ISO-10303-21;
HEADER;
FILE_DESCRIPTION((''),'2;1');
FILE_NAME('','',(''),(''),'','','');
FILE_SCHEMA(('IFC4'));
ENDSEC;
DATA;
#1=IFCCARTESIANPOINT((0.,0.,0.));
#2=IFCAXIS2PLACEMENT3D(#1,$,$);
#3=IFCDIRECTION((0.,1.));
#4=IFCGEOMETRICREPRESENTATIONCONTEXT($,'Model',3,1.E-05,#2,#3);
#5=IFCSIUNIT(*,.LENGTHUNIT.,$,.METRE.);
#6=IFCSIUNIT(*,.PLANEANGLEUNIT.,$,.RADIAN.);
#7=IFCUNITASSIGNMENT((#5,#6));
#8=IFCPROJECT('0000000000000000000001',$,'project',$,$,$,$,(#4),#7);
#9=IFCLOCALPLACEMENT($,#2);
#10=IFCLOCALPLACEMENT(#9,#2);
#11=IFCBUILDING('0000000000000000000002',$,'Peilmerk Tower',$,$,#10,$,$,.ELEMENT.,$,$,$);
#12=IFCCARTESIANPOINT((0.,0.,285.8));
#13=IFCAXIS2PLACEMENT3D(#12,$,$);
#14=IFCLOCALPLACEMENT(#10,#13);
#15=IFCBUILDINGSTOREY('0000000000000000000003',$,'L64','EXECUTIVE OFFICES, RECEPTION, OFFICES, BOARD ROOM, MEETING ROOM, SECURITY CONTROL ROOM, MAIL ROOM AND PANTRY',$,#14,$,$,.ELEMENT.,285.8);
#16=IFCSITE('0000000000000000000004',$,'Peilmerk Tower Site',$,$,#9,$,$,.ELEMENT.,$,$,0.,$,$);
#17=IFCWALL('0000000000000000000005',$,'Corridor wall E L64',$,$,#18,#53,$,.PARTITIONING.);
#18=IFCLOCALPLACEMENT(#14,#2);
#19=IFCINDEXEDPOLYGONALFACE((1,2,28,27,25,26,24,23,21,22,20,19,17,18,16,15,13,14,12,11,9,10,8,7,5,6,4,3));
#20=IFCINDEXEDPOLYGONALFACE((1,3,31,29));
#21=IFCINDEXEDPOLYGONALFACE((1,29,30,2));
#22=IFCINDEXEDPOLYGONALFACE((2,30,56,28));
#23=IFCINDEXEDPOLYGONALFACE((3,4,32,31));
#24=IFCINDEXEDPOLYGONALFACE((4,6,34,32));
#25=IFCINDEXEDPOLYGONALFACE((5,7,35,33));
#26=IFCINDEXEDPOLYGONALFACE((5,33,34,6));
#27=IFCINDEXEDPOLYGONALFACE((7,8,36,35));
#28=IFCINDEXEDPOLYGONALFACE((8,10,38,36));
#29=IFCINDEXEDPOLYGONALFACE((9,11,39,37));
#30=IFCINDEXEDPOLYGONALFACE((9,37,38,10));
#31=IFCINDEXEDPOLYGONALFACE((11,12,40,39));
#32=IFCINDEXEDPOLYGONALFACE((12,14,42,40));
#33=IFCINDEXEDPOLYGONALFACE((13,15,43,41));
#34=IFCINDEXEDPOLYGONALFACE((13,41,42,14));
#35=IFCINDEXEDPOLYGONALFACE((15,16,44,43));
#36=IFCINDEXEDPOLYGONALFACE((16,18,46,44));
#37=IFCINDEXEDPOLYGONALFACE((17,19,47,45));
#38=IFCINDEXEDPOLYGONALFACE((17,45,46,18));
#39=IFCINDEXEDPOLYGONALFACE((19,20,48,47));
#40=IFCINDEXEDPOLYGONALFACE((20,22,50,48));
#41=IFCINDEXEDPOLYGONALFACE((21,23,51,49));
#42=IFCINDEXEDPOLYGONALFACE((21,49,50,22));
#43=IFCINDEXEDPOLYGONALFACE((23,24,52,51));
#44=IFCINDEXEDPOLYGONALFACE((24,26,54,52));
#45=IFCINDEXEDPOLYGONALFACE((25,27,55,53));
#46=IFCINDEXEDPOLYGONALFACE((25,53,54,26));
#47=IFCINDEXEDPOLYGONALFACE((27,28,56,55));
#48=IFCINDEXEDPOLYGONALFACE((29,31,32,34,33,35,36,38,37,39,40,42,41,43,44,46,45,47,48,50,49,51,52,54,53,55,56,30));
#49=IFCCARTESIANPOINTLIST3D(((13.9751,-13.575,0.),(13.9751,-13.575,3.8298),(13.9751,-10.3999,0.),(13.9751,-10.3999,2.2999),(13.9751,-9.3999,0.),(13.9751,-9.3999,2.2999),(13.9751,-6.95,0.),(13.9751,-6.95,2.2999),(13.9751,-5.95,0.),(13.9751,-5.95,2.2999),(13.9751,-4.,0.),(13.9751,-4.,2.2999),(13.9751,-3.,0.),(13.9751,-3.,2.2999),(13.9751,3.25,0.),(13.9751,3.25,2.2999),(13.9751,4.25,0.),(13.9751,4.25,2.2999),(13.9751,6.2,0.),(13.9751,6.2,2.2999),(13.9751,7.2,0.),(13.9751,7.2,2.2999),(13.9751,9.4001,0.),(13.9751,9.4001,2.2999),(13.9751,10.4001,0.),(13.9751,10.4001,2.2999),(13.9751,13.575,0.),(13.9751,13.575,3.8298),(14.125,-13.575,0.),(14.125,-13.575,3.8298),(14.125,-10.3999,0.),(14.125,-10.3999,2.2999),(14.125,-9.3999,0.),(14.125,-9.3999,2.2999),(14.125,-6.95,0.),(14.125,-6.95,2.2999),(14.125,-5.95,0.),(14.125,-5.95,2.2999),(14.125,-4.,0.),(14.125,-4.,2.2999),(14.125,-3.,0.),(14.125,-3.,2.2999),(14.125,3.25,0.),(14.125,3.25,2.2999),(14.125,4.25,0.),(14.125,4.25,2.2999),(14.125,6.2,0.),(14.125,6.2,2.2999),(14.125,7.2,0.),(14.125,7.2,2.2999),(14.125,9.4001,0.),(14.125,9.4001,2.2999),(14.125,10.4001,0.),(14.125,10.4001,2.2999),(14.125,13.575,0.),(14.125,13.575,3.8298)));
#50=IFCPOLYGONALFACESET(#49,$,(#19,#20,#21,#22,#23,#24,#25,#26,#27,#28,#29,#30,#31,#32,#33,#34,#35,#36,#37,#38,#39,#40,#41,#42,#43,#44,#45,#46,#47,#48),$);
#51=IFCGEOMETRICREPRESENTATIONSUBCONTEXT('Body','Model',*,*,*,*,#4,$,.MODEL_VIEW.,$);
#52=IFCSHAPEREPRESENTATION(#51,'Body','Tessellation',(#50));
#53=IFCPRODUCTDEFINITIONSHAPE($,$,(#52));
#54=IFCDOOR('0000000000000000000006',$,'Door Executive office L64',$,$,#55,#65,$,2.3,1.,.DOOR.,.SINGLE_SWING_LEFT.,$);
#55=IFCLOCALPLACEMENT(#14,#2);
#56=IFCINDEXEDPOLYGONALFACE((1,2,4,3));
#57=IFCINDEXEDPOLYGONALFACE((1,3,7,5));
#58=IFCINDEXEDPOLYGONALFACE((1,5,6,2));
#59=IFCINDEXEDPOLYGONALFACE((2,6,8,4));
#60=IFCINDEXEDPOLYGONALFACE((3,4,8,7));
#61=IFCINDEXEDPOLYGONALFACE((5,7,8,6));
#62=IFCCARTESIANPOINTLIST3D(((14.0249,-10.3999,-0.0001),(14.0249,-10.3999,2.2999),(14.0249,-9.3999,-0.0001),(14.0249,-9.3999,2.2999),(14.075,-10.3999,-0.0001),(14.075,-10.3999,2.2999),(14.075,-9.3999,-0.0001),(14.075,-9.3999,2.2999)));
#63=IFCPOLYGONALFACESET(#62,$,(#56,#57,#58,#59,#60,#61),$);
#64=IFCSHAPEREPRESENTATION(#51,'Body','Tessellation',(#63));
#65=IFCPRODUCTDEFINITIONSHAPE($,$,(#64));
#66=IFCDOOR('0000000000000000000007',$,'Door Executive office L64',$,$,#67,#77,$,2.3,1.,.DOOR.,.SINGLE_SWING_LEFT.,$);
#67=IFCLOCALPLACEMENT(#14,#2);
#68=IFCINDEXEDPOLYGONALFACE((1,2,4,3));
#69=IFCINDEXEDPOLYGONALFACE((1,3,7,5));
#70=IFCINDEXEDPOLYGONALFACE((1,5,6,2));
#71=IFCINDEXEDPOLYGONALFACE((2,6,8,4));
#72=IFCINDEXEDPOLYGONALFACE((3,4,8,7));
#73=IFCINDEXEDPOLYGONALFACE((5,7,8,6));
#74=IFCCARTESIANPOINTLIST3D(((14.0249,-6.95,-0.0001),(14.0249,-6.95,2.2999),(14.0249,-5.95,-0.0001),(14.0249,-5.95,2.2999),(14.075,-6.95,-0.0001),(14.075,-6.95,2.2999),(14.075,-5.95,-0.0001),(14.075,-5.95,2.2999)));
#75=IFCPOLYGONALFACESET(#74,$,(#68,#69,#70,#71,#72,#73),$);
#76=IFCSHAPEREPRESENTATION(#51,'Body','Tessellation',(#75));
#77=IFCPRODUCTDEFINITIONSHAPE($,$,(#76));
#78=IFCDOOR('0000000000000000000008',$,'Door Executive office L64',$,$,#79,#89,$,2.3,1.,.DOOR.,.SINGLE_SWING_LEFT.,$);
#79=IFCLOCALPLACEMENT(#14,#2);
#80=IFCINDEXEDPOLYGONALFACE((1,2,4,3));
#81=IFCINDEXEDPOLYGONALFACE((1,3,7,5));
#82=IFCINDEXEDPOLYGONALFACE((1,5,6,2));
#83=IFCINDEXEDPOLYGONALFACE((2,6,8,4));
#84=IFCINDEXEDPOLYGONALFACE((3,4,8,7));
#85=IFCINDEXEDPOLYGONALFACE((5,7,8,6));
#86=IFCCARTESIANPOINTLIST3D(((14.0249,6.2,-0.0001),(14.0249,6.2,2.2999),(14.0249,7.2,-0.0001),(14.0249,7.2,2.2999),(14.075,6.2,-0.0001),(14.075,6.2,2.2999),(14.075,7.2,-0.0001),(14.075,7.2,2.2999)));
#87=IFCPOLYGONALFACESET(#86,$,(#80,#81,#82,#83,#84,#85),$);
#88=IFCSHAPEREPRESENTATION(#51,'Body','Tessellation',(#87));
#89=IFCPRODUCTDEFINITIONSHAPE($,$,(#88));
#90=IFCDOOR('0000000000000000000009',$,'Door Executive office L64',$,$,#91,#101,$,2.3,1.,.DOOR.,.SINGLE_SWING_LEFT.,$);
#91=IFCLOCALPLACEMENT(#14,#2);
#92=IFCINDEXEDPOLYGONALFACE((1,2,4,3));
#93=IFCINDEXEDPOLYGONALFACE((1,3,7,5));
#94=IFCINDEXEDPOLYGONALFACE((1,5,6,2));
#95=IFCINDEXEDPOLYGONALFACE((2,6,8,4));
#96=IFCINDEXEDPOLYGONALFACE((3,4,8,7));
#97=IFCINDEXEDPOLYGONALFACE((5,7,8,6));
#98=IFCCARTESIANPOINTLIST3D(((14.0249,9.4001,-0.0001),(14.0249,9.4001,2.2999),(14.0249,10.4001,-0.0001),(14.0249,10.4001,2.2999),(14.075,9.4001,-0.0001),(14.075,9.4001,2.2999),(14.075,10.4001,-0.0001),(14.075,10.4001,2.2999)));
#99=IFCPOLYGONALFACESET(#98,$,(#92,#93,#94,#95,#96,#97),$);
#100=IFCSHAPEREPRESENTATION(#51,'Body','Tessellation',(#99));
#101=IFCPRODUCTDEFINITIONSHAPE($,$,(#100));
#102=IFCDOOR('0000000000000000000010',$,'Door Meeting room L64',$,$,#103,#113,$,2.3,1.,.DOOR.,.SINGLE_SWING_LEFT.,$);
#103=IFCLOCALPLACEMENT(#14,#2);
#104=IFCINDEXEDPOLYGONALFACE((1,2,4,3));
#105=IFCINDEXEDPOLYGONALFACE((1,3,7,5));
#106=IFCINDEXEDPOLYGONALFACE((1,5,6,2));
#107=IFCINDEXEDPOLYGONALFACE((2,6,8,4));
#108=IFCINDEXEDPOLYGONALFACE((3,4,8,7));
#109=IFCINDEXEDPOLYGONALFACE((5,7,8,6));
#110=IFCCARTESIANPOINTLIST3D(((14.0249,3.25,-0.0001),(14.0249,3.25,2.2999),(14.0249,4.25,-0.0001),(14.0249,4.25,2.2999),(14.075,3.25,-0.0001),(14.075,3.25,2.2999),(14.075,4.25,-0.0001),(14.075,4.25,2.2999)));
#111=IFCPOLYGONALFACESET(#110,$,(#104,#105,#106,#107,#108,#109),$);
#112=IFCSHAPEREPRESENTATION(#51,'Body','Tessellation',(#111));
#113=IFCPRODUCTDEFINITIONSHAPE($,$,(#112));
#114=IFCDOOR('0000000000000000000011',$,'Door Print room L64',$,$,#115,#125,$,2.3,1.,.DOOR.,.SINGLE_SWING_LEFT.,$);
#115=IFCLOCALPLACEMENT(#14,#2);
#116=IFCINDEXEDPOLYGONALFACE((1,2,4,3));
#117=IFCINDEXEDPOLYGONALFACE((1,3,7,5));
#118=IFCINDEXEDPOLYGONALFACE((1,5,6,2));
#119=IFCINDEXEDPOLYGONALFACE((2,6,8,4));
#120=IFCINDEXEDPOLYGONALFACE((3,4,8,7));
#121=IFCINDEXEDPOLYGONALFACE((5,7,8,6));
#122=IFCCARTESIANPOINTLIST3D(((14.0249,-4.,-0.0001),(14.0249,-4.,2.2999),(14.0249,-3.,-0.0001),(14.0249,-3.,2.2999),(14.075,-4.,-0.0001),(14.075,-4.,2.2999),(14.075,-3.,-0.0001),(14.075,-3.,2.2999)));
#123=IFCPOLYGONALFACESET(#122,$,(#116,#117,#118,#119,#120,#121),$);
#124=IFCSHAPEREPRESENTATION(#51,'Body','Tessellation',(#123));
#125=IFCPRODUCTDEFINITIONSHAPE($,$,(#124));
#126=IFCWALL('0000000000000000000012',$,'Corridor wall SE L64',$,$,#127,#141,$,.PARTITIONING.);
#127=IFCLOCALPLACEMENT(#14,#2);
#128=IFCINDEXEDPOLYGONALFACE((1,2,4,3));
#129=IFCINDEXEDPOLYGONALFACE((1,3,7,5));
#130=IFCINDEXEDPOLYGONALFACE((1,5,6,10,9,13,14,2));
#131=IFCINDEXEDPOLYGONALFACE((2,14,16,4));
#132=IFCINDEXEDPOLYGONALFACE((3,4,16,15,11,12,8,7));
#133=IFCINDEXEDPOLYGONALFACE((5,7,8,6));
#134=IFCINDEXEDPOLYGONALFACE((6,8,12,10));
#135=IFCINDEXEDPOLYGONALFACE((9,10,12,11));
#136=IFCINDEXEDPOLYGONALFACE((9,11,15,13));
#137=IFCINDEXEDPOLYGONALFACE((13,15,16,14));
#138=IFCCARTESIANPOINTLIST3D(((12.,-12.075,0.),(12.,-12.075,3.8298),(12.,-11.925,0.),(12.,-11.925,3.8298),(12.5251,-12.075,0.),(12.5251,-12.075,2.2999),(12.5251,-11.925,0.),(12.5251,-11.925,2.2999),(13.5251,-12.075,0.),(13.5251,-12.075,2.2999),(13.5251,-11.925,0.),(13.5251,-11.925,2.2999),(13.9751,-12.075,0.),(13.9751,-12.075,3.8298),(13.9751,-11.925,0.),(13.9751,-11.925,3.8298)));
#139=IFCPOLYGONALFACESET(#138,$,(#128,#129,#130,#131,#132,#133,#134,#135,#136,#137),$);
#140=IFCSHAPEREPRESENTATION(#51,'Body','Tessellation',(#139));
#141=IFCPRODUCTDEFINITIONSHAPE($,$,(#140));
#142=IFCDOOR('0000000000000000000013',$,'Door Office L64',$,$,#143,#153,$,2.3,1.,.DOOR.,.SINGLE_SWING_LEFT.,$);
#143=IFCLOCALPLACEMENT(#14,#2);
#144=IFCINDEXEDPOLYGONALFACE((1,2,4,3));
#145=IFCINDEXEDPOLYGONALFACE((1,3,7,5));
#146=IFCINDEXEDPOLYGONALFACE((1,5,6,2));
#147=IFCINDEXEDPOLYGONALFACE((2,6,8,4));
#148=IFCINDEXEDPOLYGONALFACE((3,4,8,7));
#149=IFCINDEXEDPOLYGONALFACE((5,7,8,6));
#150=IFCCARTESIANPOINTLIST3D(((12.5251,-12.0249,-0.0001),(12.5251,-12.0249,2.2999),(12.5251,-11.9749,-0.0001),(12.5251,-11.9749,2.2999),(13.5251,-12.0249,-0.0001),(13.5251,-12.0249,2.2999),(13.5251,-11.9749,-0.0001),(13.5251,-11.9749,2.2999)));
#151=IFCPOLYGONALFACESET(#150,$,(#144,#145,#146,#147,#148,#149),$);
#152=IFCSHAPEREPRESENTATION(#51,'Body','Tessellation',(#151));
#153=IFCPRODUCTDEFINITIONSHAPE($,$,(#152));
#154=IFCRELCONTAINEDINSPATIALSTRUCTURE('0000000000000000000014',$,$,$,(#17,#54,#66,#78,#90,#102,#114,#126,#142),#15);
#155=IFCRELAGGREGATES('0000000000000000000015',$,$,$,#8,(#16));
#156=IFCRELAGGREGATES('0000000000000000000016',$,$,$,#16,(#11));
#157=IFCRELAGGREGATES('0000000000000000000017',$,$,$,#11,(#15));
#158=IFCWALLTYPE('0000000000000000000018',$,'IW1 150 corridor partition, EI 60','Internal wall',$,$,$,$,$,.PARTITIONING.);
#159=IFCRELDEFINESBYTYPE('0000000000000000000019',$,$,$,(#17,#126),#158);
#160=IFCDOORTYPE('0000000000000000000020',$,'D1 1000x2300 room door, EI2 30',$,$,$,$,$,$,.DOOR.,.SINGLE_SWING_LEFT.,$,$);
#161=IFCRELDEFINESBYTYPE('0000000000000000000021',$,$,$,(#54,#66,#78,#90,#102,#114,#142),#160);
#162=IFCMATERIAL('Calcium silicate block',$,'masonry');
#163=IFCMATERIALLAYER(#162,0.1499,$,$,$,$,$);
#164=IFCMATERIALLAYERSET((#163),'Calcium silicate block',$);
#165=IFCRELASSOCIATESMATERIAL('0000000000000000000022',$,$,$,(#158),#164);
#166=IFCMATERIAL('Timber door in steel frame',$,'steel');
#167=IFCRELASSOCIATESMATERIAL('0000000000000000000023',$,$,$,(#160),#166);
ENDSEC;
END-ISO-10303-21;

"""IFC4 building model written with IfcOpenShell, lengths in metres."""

from ifc_helpers import new_model, si_unit, direction, frame, frame_2d, origin, place, context, subcontext, project, spatial, rectangle, extrude, material, layer, layer_set, type_object, element, fill, save


model = new_model("IFC4")

# Units and contexts
model_context = context("Model", 3, precision=1e-05, world=origin(), true_north=direction((0.0, 1.0)))
body_context = subcontext(model_context, "Body", "Model", "MODEL_VIEW")
ifc_project = project(units=[si_unit("LENGTHUNIT", "METRE"), si_unit("PLANEANGLEUNIT", "RADIAN")], contexts=[model_context])

# Site, building, storey
site_placement = place(None, origin())
site = spatial("IfcSite", under=ifc_project, at=site_placement, Name="Peilmerk Tower Site", CompositionType="ELEMENT", RefElevation=0.0)
building_placement = place(site_placement, origin())
building = spatial("IfcBuilding", under=site, at=building_placement, Name="Peilmerk Tower", CompositionType="ELEMENT")
storey_placement = place(building_placement, frame((0.0, 0.0, 285.8)))
storey = spatial("IfcBuildingStorey", under=building, at=storey_placement, Name="L64", Description="EXECUTIVE OFFICES, RECEPTION, OFFICES, BOARD ROOM, MEETING ROOM, SECURITY CONTROL ROOM, MAIL ROOM AND PANTRY", CompositionType="ELEMENT", Elevation=285.8)

# Wall, openings, doors
ifc_material_1 = material(Name="Calcium silicate block", Category="masonry")
ifc_layer_1 = layer(ifc_material_1, 0.1499)
ifc_layer_set_1 = layer_set([ifc_layer_1], Name="Calcium silicate block")
wall_type_1 = type_object("IfcWallType", Name="IW1 150 corridor partition, EI 60", Description="Internal wall", PredefinedType="PARTITIONING", material=ifc_layer_set_1)
wall_1_placement = place(storey_placement, frame((14.05, -13.575, 0.0), z_axis=(0.0, 0.0, 1.0), x_axis=(0.0, 1.0, 0.0)))
wall_1 = element("IfcWall", 1, at=wall_1_placement, inside=storey, type_object=wall_type_1, Name="Corridor wall E L64", PredefinedType="PARTITIONING", context=body_context, shape_type="SweptSolid", body=[
    extrude(rectangle(XDim=27.1499, YDim=0.1499, at=frame_2d((13.575, 0.0))), origin(), (0.0, 0.0, 1.0), 3.8298),
])
opening_1_placement = place(wall_1_placement, frame((3.175, 0.0, 0.0)))
opening_1 = element("IfcOpeningElement", 2, at=opening_1_placement, cuts=wall_1, PredefinedType="OPENING", context=body_context, shape_type="SweptSolid", body=[
    extrude(rectangle(XDim=1.0, YDim=2.3, at=frame_2d((0.5, 1.1499))), frame((0.0, 0.085, 0.0), z_axis=(0.0, -1.0, 0.0), x_axis=(1.0, 0.0, 0.0)), (0.0, 0.0, 1.0), 0.1699),
])
opening_2_placement = place(wall_1_placement, frame((6.625, 0.0, 0.0)))
opening_2 = element("IfcOpeningElement", 3, at=opening_2_placement, cuts=wall_1, PredefinedType="OPENING", context=body_context, shape_type="SweptSolid", body=[
    extrude(rectangle(XDim=1.0, YDim=2.3, at=frame_2d((0.5, 1.1499))), frame((0.0, 0.085, 0.0), z_axis=(0.0, -1.0, 0.0), x_axis=(1.0, 0.0, 0.0)), (0.0, 0.0, 1.0), 0.1699),
])
opening_3_placement = place(wall_1_placement, frame((19.7749, 0.0, 0.0)))
opening_3 = element("IfcOpeningElement", 4, at=opening_3_placement, cuts=wall_1, PredefinedType="OPENING", context=body_context, shape_type="SweptSolid", body=[
    extrude(rectangle(XDim=1.0, YDim=2.3, at=frame_2d((0.5, 1.1499))), frame((0.0, 0.085, 0.0), z_axis=(0.0, -1.0, 0.0), x_axis=(1.0, 0.0, 0.0)), (0.0, 0.0, 1.0), 0.1699),
])
opening_4_placement = place(wall_1_placement, frame((22.9751, 0.0, 0.0)))
opening_4 = element("IfcOpeningElement", 5, at=opening_4_placement, cuts=wall_1, PredefinedType="OPENING", context=body_context, shape_type="SweptSolid", body=[
    extrude(rectangle(XDim=1.0, YDim=2.3, at=frame_2d((0.5, 1.1499))), frame((0.0, 0.085, 0.0), z_axis=(0.0, -1.0, 0.0), x_axis=(1.0, 0.0, 0.0)), (0.0, 0.0, 1.0), 0.1699),
])
opening_5_placement = place(wall_1_placement, frame((16.825, 0.0, 0.0)))
opening_5 = element("IfcOpeningElement", 6, at=opening_5_placement, cuts=wall_1, PredefinedType="OPENING", context=body_context, shape_type="SweptSolid", body=[
    extrude(rectangle(XDim=1.0, YDim=2.3, at=frame_2d((0.5, 1.1499))), frame((0.0, 0.085, 0.0), z_axis=(0.0, -1.0, 0.0), x_axis=(1.0, 0.0, 0.0)), (0.0, 0.0, 1.0), 0.1699),
])
opening_6_placement = place(wall_1_placement, frame((9.575, 0.0, 0.0)))
opening_6 = element("IfcOpeningElement", 7, at=opening_6_placement, cuts=wall_1, PredefinedType="OPENING", context=body_context, shape_type="SweptSolid", body=[
    extrude(rectangle(XDim=1.0, YDim=2.3, at=frame_2d((0.5, 1.1499))), frame((0.0, 0.085, 0.0), z_axis=(0.0, -1.0, 0.0), x_axis=(1.0, 0.0, 0.0)), (0.0, 0.0, 1.0), 0.1699),
])
ifc_material_2 = material(Name="Timber door in steel frame", Category="steel")
door_type_1 = type_object("IfcDoorType", Name="D1 1000x2300 room door, EI2 30", OperationType="SINGLE_SWING_LEFT", PredefinedType="DOOR", material=ifc_material_2)
door_1_placement = place(opening_1_placement, frame((1.0, 0.0, 0.0), z_axis=(0.0, 0.0, 1.0), x_axis=(-1.0, 0.0, 0.0)))
door_1 = element("IfcDoor", 8, at=door_1_placement, inside=storey, type_object=door_type_1, Name="Door Executive office L64", OperationType="SINGLE_SWING_LEFT", OverallHeight=2.3, OverallWidth=1.0, PredefinedType="DOOR", context=body_context, shape_type="SweptSolid", body=[
    extrude(rectangle(XDim=1.0, YDim=2.3, at=frame_2d((0.5, 1.1499))), frame((0.0, 0.0249, 0.0), z_axis=(0.0, -1.0, 0.0), x_axis=(1.0, 0.0, 0.0)), (0.0, 0.0, 1.0), 0.05),
])
fill(opening_1, door_1)
door_2_placement = place(opening_2_placement, frame((1.0, 0.0, 0.0), z_axis=(0.0, 0.0, 1.0), x_axis=(-1.0, 0.0, 0.0)))
door_2 = element("IfcDoor", 9, at=door_2_placement, inside=storey, type_object=door_type_1, Name="Door Executive office L64", OperationType="SINGLE_SWING_LEFT", OverallHeight=2.3, OverallWidth=1.0, PredefinedType="DOOR", context=body_context, shape_type="SweptSolid", body=[
    extrude(rectangle(XDim=1.0, YDim=2.3, at=frame_2d((0.5, 1.1499))), frame((0.0, 0.0249, 0.0), z_axis=(0.0, -1.0, 0.0), x_axis=(1.0, 0.0, 0.0)), (0.0, 0.0, 1.0), 0.05),
])
fill(opening_2, door_2)
door_3_placement = place(opening_3_placement, frame((1.0, 0.0, 0.0), z_axis=(0.0, 0.0, 1.0), x_axis=(-1.0, 0.0, 0.0)))
door_3 = element("IfcDoor", 10, at=door_3_placement, inside=storey, type_object=door_type_1, Name="Door Executive office L64", OperationType="SINGLE_SWING_LEFT", OverallHeight=2.3, OverallWidth=1.0, PredefinedType="DOOR", context=body_context, shape_type="SweptSolid", body=[
    extrude(rectangle(XDim=1.0, YDim=2.3, at=frame_2d((0.5, 1.1499))), frame((0.0, 0.0249, 0.0), z_axis=(0.0, -1.0, 0.0), x_axis=(1.0, 0.0, 0.0)), (0.0, 0.0, 1.0), 0.05),
])
fill(opening_3, door_3)
door_4_placement = place(opening_4_placement, frame((1.0, 0.0, 0.0), z_axis=(0.0, 0.0, 1.0), x_axis=(-1.0, 0.0, 0.0)))
door_4 = element("IfcDoor", 11, at=door_4_placement, inside=storey, type_object=door_type_1, Name="Door Executive office L64", OperationType="SINGLE_SWING_LEFT", OverallHeight=2.3, OverallWidth=1.0, PredefinedType="DOOR", context=body_context, shape_type="SweptSolid", body=[
    extrude(rectangle(XDim=1.0, YDim=2.3, at=frame_2d((0.5, 1.1499))), frame((0.0, 0.0249, 0.0), z_axis=(0.0, -1.0, 0.0), x_axis=(1.0, 0.0, 0.0)), (0.0, 0.0, 1.0), 0.05),
])
fill(opening_4, door_4)
door_5_placement = place(opening_5_placement, frame((1.0, 0.0, 0.0), z_axis=(0.0, 0.0, 1.0), x_axis=(-1.0, 0.0, 0.0)))
door_5 = element("IfcDoor", 12, at=door_5_placement, inside=storey, type_object=door_type_1, Name="Door Meeting room L64", OperationType="SINGLE_SWING_LEFT", OverallHeight=2.3, OverallWidth=1.0, PredefinedType="DOOR", context=body_context, shape_type="SweptSolid", body=[
    extrude(rectangle(XDim=1.0, YDim=2.3, at=frame_2d((0.5, 1.1499))), frame((0.0, 0.0249, 0.0), z_axis=(0.0, -1.0, 0.0), x_axis=(1.0, 0.0, 0.0)), (0.0, 0.0, 1.0), 0.05),
])
fill(opening_5, door_5)
door_6_placement = place(opening_6_placement, frame((1.0, 0.0, 0.0), z_axis=(0.0, 0.0, 1.0), x_axis=(-1.0, 0.0, 0.0)))
door_6 = element("IfcDoor", 13, at=door_6_placement, inside=storey, type_object=door_type_1, Name="Door Print room L64", OperationType="SINGLE_SWING_LEFT", OverallHeight=2.3, OverallWidth=1.0, PredefinedType="DOOR", context=body_context, shape_type="SweptSolid", body=[
    extrude(rectangle(XDim=1.0, YDim=2.3, at=frame_2d((0.5, 1.1499))), frame((0.0, 0.0249, 0.0), z_axis=(0.0, -1.0, 0.0), x_axis=(1.0, 0.0, 0.0)), (0.0, 0.0, 1.0), 0.05),
])
fill(opening_6, door_6)

# Wall, opening, door
wall_2_placement = place(storey_placement, frame((13.9751, -12.0, 0.0), z_axis=(0.0, 0.0, 1.0), x_axis=(-1.0, 0.0, 0.0)))
wall_2 = element("IfcWall", 14, at=wall_2_placement, inside=storey, type_object=wall_type_1, Name="Corridor wall SE L64", PredefinedType="PARTITIONING", context=body_context, shape_type="SweptSolid", body=[
    extrude(rectangle(XDim=1.9751, YDim=0.1499, at=frame_2d((0.9875, 0.0))), origin(), (0.0, 0.0, 1.0), 3.8298),
])
opening_7_placement = place(wall_2_placement, frame((0.45, 0.0, 0.0)))
opening_7 = element("IfcOpeningElement", 15, at=opening_7_placement, cuts=wall_2, PredefinedType="OPENING", context=body_context, shape_type="SweptSolid", body=[
    extrude(rectangle(XDim=1.0, YDim=2.3, at=frame_2d((0.5, 1.1499))), frame((0.0, 0.085, 0.0), z_axis=(0.0, -1.0, 0.0), x_axis=(1.0, 0.0, 0.0)), (0.0, 0.0, 1.0), 0.1699),
])
door_7_placement = place(opening_7_placement, origin())
door_7 = element("IfcDoor", 16, at=door_7_placement, inside=storey, type_object=door_type_1, Name="Door Office L64", OperationType="SINGLE_SWING_LEFT", OverallHeight=2.3, OverallWidth=1.0, PredefinedType="DOOR", context=body_context, shape_type="SweptSolid", body=[
    extrude(rectangle(XDim=1.0, YDim=2.3, at=frame_2d((0.5, 1.1499))), frame((0.0, 0.0249, 0.0), z_axis=(0.0, -1.0, 0.0), x_axis=(1.0, 0.0, 0.0)), (0.0, 0.0, 1.0), 0.05),
])
fill(opening_7, door_7)

save(model, "model.ifc")
